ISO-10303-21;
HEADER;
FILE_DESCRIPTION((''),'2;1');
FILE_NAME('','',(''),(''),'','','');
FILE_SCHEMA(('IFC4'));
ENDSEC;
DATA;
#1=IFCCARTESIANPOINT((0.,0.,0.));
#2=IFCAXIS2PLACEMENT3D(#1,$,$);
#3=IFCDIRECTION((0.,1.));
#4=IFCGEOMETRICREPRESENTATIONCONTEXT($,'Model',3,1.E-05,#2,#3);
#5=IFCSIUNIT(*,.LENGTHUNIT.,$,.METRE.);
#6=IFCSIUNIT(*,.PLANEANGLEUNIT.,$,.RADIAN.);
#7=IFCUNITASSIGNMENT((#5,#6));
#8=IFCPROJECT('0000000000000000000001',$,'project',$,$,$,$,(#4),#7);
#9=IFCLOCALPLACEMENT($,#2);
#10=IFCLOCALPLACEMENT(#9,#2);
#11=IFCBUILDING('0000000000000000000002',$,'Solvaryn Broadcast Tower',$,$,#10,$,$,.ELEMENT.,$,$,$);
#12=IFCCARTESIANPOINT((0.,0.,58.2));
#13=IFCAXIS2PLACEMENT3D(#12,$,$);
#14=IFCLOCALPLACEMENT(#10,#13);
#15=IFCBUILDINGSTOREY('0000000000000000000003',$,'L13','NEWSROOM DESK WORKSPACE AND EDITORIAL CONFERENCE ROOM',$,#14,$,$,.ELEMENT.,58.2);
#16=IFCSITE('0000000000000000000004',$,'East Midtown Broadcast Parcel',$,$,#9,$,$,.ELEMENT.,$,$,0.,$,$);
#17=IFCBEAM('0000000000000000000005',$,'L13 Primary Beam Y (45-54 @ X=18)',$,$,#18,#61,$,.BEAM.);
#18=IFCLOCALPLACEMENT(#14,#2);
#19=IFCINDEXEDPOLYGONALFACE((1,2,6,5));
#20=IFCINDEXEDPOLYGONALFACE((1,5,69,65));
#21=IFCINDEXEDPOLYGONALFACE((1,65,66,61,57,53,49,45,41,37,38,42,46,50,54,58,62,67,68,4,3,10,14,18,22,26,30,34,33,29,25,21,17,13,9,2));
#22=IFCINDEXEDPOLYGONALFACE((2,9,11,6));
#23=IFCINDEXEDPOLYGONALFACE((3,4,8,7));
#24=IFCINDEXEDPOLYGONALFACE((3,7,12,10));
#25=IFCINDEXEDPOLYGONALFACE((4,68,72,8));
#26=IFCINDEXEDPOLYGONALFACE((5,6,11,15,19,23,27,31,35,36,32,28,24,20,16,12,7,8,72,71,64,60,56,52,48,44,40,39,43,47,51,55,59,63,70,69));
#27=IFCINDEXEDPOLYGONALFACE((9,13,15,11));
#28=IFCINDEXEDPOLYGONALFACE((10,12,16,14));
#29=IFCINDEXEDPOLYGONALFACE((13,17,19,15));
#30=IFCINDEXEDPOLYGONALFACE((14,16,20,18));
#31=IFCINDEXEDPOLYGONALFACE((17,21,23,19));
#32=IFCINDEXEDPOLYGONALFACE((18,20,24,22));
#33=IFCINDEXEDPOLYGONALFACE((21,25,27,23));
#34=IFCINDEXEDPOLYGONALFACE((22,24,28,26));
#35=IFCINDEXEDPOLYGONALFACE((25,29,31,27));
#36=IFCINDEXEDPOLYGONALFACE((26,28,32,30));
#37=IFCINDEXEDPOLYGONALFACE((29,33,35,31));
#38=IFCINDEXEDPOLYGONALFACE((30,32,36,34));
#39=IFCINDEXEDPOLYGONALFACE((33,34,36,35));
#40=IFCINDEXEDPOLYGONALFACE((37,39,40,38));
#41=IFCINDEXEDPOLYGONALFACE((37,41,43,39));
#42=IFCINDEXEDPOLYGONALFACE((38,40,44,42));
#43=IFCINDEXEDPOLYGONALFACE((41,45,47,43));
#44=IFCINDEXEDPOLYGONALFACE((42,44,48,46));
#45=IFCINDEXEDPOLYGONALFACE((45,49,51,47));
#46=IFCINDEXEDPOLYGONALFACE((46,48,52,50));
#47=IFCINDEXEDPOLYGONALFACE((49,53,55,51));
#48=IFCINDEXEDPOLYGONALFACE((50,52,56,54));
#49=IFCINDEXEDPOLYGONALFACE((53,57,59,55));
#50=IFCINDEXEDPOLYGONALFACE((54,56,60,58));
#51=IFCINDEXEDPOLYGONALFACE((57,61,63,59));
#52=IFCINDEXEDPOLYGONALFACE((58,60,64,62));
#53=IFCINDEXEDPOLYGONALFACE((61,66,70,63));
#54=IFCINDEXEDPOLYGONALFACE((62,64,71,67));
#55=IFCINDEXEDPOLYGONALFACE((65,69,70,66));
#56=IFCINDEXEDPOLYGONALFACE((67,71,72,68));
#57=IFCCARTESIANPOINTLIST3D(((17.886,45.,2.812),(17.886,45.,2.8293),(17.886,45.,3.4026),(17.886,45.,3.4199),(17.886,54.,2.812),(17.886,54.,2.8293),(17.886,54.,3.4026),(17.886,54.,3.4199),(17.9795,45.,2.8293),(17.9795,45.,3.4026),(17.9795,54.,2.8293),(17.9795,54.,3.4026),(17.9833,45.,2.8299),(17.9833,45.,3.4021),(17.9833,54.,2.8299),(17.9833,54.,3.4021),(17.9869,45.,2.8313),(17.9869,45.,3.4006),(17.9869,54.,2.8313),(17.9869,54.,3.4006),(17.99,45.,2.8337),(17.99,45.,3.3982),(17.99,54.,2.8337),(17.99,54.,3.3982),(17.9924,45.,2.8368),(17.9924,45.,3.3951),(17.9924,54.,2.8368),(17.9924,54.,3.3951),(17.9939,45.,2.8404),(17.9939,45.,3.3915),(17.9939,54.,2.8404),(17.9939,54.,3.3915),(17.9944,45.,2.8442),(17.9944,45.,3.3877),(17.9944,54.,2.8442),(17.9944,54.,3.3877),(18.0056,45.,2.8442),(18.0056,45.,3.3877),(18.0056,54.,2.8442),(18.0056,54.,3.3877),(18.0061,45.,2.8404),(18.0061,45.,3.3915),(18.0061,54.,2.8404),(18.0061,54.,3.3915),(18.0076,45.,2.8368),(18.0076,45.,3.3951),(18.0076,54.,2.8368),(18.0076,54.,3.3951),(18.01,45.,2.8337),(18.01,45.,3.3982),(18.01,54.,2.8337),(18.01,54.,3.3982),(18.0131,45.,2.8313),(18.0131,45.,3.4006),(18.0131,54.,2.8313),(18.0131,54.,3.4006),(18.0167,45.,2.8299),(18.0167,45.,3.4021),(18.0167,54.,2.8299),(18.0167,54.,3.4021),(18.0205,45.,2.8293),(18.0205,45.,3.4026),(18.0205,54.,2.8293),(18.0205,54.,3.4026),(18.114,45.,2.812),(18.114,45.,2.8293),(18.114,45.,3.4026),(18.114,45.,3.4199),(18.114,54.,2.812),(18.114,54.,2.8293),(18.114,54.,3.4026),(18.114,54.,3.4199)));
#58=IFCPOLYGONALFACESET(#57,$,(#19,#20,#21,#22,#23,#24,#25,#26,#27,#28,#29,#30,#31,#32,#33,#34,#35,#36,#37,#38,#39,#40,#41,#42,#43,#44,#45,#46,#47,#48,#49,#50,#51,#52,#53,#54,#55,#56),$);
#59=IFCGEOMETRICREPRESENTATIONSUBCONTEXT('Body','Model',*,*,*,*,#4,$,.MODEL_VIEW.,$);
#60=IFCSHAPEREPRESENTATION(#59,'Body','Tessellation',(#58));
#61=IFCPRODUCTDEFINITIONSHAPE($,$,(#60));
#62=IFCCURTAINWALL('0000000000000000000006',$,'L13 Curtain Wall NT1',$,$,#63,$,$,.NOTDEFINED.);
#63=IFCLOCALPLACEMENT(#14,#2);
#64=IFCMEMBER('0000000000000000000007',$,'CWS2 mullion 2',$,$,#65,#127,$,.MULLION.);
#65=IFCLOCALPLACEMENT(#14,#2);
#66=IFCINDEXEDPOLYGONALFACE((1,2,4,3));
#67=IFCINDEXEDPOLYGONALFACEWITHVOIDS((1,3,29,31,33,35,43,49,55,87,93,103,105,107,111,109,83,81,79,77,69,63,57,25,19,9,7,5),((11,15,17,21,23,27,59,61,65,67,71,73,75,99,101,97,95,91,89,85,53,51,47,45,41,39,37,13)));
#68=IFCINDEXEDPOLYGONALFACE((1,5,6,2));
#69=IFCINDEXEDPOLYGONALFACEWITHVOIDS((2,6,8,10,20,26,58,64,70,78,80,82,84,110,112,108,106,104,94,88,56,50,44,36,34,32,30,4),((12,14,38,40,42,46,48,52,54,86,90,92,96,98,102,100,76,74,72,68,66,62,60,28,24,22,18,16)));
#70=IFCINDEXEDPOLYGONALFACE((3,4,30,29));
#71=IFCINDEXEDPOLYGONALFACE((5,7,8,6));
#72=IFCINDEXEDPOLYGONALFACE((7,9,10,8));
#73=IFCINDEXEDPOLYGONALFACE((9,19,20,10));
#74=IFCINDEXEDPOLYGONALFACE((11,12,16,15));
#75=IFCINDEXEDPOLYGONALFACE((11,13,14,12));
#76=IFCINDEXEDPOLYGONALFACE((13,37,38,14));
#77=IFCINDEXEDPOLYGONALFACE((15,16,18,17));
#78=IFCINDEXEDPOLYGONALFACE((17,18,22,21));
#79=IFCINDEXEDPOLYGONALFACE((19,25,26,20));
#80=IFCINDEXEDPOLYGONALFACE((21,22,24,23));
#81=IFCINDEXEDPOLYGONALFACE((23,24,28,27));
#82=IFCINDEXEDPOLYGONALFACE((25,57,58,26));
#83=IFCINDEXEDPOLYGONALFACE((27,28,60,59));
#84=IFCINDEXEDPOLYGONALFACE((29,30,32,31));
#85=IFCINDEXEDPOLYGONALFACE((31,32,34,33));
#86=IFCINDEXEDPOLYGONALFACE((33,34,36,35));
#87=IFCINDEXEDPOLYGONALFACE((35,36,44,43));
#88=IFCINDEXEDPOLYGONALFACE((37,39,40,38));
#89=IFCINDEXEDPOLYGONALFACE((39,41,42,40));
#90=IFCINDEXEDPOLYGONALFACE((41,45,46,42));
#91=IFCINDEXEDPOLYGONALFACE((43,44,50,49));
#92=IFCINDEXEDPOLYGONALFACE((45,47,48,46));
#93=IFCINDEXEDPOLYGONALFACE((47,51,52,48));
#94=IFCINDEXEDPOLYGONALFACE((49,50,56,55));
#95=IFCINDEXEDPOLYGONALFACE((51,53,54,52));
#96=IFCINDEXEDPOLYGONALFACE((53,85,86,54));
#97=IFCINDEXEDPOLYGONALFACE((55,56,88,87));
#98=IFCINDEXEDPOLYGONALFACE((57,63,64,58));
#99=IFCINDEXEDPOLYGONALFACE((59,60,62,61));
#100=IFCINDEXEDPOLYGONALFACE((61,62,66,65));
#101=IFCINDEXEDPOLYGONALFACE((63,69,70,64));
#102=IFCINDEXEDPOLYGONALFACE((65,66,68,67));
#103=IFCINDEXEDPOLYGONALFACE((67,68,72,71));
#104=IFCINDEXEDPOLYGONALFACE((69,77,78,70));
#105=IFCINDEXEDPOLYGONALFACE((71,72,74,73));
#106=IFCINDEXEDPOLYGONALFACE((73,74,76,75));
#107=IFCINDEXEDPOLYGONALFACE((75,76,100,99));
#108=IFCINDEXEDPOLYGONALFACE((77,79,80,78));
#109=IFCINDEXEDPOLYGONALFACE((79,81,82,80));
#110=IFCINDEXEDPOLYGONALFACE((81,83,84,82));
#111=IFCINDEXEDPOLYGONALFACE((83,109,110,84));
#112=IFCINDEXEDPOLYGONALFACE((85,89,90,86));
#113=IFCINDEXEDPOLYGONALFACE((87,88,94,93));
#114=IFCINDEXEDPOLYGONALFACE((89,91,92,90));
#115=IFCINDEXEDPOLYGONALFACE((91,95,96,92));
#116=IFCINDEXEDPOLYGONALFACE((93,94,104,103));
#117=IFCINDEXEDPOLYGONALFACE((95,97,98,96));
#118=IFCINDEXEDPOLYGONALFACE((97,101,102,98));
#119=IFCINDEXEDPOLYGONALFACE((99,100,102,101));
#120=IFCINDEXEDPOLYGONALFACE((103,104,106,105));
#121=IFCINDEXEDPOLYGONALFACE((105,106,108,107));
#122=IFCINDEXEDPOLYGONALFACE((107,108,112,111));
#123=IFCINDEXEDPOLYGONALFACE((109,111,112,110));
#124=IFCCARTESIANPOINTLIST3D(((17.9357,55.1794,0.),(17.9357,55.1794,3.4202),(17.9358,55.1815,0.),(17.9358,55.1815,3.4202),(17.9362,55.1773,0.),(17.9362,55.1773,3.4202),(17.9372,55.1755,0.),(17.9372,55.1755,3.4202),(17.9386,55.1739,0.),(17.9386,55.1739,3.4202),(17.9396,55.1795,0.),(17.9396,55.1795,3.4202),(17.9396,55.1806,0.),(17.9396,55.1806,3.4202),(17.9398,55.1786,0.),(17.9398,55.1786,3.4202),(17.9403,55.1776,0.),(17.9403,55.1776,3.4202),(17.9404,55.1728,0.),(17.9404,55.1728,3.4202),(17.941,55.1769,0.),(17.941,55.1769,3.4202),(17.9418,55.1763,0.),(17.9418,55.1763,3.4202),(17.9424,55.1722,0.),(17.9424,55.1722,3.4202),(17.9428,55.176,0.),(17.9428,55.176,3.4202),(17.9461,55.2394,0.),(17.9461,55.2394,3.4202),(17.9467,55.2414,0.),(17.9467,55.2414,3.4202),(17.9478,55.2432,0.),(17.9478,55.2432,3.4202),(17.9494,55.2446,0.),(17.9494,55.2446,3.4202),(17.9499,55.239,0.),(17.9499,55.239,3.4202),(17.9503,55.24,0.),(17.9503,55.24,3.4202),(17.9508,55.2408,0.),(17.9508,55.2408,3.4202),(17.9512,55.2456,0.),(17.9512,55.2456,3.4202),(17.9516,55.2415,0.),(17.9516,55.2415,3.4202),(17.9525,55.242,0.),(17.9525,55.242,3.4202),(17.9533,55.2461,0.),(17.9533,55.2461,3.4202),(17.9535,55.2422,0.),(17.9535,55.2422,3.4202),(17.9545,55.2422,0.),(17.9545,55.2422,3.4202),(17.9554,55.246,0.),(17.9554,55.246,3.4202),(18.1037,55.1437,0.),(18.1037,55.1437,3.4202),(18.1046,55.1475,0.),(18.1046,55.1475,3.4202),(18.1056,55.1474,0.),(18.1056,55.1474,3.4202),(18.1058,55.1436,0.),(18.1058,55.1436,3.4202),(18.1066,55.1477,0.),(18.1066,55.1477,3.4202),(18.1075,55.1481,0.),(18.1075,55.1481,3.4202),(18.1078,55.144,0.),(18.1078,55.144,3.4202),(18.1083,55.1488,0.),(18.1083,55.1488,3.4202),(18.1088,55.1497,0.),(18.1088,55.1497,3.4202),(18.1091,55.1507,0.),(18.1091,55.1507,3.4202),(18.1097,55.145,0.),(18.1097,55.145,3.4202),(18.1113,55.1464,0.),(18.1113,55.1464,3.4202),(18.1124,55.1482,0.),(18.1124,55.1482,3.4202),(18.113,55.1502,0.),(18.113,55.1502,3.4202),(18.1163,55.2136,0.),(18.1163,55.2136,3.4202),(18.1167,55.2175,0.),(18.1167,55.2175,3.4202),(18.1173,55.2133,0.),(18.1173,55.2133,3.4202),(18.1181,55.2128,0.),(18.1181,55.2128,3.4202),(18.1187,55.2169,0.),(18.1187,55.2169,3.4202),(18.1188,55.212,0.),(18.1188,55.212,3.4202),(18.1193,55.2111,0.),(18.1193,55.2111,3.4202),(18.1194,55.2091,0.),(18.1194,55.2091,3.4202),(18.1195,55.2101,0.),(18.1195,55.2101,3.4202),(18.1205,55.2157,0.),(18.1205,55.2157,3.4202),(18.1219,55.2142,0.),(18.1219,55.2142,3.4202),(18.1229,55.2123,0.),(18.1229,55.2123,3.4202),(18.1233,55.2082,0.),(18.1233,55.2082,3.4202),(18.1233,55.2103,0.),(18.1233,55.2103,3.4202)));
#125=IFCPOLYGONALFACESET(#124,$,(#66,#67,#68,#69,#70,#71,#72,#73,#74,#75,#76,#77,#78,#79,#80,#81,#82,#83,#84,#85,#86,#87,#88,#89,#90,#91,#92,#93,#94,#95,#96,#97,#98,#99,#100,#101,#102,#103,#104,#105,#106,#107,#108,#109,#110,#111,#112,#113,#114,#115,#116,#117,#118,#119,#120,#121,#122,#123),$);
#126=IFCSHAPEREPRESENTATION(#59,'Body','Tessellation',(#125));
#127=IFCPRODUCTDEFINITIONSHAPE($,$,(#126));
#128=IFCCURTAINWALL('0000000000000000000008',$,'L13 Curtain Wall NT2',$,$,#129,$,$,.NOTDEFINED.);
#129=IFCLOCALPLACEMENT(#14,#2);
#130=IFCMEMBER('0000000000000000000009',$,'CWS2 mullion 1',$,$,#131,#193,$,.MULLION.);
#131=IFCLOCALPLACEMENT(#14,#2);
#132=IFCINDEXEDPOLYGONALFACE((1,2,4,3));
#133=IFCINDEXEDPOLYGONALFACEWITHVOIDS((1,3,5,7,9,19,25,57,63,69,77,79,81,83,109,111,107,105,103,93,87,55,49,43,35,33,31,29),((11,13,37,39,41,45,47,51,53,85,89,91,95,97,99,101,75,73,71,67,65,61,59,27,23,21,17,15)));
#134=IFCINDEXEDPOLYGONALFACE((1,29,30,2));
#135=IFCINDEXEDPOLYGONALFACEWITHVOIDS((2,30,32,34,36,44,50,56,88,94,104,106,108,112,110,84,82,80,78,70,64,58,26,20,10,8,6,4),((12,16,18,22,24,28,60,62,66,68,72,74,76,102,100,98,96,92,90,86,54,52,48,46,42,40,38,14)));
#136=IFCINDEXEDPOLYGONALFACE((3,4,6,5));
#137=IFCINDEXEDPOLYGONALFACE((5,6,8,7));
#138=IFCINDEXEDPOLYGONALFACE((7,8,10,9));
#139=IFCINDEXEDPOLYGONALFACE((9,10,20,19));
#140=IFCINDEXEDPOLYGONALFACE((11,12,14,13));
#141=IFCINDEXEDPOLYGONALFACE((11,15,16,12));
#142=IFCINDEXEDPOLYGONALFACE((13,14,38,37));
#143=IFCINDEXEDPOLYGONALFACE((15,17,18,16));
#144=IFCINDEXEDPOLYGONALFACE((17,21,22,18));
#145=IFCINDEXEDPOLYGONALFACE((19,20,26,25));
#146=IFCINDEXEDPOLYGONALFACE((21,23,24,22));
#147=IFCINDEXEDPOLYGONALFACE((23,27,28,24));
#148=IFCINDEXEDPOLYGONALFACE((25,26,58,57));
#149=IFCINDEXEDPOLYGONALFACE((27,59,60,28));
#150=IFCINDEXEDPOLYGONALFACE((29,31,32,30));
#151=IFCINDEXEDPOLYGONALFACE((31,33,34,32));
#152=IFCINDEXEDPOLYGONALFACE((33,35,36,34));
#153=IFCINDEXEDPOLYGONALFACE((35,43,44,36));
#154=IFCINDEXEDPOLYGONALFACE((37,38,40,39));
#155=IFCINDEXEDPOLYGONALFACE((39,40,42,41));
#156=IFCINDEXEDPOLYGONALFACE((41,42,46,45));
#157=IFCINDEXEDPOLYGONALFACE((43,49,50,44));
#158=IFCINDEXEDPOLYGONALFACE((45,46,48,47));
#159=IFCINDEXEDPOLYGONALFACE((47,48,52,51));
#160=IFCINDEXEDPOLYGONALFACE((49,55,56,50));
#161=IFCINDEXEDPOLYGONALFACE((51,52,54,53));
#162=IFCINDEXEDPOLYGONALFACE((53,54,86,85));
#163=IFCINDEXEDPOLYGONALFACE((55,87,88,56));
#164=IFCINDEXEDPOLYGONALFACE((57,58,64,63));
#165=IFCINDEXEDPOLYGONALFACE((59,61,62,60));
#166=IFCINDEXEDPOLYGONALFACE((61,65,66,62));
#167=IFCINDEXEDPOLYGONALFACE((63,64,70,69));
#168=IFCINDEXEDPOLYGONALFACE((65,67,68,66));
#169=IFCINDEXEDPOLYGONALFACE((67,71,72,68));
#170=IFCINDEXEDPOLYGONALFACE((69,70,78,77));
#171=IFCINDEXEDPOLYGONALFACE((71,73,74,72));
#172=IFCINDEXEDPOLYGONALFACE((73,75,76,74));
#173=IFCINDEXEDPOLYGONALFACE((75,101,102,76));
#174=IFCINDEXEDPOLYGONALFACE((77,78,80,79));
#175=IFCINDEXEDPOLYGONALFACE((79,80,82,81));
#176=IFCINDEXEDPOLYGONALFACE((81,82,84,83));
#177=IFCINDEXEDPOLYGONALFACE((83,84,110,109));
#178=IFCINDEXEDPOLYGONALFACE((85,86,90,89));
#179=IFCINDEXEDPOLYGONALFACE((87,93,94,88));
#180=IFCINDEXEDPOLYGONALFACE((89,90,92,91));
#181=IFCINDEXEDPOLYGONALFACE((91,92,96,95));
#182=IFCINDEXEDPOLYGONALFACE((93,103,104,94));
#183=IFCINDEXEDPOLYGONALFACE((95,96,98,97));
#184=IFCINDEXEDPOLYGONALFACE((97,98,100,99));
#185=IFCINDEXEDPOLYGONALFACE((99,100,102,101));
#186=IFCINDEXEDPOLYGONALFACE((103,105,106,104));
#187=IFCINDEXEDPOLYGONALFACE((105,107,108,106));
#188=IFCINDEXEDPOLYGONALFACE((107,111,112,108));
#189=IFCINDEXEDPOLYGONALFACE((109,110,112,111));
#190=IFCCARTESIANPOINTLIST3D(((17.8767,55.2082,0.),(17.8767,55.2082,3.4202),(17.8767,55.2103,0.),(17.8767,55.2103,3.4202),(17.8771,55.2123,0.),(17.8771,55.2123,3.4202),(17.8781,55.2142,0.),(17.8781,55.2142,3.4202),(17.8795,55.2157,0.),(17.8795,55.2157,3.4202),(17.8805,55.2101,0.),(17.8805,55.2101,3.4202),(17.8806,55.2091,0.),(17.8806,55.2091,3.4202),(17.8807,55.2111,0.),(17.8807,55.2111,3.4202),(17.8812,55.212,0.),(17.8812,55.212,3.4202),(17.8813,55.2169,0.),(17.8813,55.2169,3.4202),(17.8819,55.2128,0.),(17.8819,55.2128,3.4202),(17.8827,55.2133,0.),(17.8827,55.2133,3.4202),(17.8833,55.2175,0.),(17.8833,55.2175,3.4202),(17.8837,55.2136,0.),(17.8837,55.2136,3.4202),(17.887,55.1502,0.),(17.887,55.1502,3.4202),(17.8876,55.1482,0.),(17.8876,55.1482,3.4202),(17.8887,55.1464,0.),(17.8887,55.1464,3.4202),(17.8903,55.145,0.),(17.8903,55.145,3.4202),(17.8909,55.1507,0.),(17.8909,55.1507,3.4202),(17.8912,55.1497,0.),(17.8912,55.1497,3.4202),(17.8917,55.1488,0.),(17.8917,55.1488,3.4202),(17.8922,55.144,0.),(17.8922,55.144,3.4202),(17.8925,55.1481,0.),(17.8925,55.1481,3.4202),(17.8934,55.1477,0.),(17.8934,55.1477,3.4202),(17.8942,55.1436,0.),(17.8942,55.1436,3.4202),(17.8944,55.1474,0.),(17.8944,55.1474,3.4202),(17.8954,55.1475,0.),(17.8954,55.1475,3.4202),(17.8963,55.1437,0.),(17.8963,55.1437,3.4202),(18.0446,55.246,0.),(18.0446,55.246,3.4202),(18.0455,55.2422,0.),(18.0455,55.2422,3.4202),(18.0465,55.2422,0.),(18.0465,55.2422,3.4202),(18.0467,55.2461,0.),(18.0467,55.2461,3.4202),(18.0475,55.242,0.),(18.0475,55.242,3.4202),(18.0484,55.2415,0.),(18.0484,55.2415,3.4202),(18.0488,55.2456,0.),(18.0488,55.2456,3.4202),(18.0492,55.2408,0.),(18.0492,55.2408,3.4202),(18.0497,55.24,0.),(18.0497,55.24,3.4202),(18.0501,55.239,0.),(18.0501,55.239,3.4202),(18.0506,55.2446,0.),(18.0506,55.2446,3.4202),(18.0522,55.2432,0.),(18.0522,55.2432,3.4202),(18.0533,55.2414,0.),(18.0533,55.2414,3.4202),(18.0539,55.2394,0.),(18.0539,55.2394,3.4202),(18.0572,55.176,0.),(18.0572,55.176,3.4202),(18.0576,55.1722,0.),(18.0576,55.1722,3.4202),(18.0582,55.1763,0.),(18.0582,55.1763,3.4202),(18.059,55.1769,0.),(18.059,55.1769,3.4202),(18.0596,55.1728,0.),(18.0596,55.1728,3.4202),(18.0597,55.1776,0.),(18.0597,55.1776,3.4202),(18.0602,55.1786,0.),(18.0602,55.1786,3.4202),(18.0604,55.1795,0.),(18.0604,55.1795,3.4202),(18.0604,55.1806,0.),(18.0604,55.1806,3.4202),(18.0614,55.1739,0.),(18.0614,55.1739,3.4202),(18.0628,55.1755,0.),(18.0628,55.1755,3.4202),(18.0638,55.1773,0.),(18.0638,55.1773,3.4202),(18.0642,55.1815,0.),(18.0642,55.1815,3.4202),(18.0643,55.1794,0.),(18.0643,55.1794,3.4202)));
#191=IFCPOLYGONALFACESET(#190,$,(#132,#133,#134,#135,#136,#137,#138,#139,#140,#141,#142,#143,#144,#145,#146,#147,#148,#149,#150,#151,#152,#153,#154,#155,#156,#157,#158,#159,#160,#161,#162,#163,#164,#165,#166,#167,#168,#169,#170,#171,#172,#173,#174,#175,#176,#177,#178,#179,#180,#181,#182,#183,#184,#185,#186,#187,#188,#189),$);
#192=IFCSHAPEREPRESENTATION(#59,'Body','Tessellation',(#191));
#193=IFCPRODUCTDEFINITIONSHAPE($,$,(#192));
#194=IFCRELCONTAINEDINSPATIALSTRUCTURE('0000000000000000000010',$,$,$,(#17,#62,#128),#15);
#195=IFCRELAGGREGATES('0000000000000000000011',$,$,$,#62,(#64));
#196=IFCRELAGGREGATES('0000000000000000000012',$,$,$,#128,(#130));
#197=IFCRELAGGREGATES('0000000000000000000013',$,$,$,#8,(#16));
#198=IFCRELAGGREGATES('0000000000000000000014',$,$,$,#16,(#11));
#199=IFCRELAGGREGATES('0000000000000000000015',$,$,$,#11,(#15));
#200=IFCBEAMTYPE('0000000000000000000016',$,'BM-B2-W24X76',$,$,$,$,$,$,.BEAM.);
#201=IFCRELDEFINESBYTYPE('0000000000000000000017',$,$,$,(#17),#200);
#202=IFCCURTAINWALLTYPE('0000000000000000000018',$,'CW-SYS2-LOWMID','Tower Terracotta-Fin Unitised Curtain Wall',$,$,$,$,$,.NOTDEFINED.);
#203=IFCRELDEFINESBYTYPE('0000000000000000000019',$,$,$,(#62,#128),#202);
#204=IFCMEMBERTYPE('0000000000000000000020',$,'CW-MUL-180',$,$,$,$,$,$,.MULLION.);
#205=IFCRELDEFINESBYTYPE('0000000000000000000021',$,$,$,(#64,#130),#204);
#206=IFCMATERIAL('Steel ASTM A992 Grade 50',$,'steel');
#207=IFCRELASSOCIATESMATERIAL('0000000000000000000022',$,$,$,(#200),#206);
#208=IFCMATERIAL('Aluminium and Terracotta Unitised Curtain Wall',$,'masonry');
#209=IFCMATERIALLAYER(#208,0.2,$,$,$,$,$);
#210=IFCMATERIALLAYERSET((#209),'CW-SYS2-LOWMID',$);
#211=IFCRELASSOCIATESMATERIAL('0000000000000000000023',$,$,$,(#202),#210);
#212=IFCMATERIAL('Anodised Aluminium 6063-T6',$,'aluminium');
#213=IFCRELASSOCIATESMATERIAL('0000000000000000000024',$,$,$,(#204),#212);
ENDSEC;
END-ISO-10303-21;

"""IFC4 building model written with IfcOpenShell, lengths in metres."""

from ifc_helpers import new_model, si_unit, direction, frame, origin, origin_2d, place, context, subcontext, project, spatial, hollow_rectangle, i_section, extrude, material, layer, layer_set, material_profile, profile_set, type_object, element, aggregate, save


model = new_model("IFC4")

# Units and contexts
model_context = context("Model", 3, precision=1e-05, world=origin(), true_north=direction((0.0, 1.0)))
body_context = subcontext(model_context, "Body", "Model", "MODEL_VIEW")
ifc_project = project(units=[si_unit("LENGTHUNIT", "METRE"), si_unit("PLANEANGLEUNIT", "RADIAN")], contexts=[model_context])

# Site, building, storey
site_placement = place(None, origin())
site = spatial("IfcSite", under=ifc_project, at=site_placement, Name="East Midtown Broadcast Parcel", CompositionType="ELEMENT", RefElevation=0.0)
building_placement = place(site_placement, origin())
building = spatial("IfcBuilding", under=site, at=building_placement, Name="Solvaryn Broadcast Tower", CompositionType="ELEMENT")
storey_placement = place(building_placement, frame((0.0, 0.0, 58.2)))
storey = spatial("IfcBuildingStorey", under=building, at=storey_placement, Name="L13", Description="NEWSROOM DESK WORKSPACE AND EDITORIAL CONFERENCE ROOM", CompositionType="ELEMENT", Elevation=58.2)

# Beam
ifc_material_1 = material(Name="Steel ASTM A992 Grade 50", Category="steel")
ifc_material_profile_1 = material_profile(ifc_material_1, i_section(OverallWidth=0.228, OverallDepth=0.6079, WebThickness=0.0112, FlangeThickness=0.0173, FilletRadius=0.0149, at=origin_2d()))
ifc_profile_set_1 = profile_set([ifc_material_profile_1], Name="Steel ASTM A992 Grade 50")
beam_type_1 = type_object("IfcBeamType", Name="BM-B2-W24X76", PredefinedType="BEAM", material=ifc_profile_set_1)
beam_1_placement = place(storey_placement, frame((18.0, 45.0, 3.116), z_axis=(0.0, 1.0, 0.0), x_axis=(-1.0, 0.0, 0.0)))
element("IfcBeam", 1, at=beam_1_placement, inside=storey, type_object=beam_type_1, Name="L13 Primary Beam Y (45-54 @ X=18)", PredefinedType="BEAM", context=body_context, shape_type="SweptSolid", body=[
    extrude(i_section(OverallWidth=0.228, OverallDepth=0.6079, WebThickness=0.0112, FlangeThickness=0.0173, FilletRadius=0.0149, at=origin_2d()), origin(), (0.0, 0.0, 1.0), 9.0),
])

# Curtain walls, members
ifc_material_2 = material(Name="Aluminium and Terracotta Unitised Curtain Wall", Category="masonry")
ifc_layer_1 = layer(ifc_material_2, 0.2)
ifc_layer_set_1 = layer_set([ifc_layer_1], Name="CW-SYS2-LOWMID")
curtain_wall_type = type_object("IfcCurtainWallType", Name="CW-SYS2-LOWMID", Description="Tower Terracotta-Fin Unitised Curtain Wall", PredefinedType="NOTDEFINED", material=ifc_layer_set_1)
curtain_wall_1_placement = place(storey_placement, origin())
curtain_wall_1 = element("IfcCurtainWall", 2, at=curtain_wall_1_placement, inside=storey, type_object=curtain_wall_type, Name="L13 Curtain Wall NT1", PredefinedType="NOTDEFINED")
ifc_material_3 = material(Name="Anodised Aluminium 6063-T6", Category="aluminium")
ifc_material_profile_2 = material_profile(ifc_material_3, hollow_rectangle(XDim=0.075, YDim=0.1799, WallThickness=0.0039, InnerFilletRadius=0.0039, OuterFilletRadius=0.0081, at=origin_2d()))
ifc_profile_set_2 = profile_set([ifc_material_profile_2], Name="Anodised Aluminium 6063-T6")
member_type_1 = type_object("IfcMemberType", Name="CW-MUL-180", PredefinedType="MULLION", material=ifc_profile_set_2)
member_1_placement = place(storey_placement, frame((18.0295, 55.1948, 0.0), z_axis=(0.0, 0.0, 1.0), x_axis=(-0.173785, -0.984784, 0.0)))
member_1 = element("IfcMember", 3, at=member_1_placement, type_object=member_type_1, Name="CWS2 mullion 2", PredefinedType="MULLION", context=body_context, shape_type="SweptSolid", body=[
    extrude(hollow_rectangle(XDim=0.075, YDim=0.1799, WallThickness=0.0039, InnerFilletRadius=0.0039, OuterFilletRadius=0.0081, at=origin_2d()), origin(), (0.0, 0.0, 1.0), 3.4202),
])
curtain_wall_2_placement = place(storey_placement, origin())
curtain_wall_2 = element("IfcCurtainWall", 4, at=curtain_wall_2_placement, inside=storey, type_object=curtain_wall_type, Name="L13 Curtain Wall NT2", PredefinedType="NOTDEFINED")
member_2_placement = place(storey_placement, frame((17.9705, 55.1948, 0.0), z_axis=(0.0, 0.0, 1.0), x_axis=(0.173785, -0.984784, 0.0)))
member_2 = element("IfcMember", 5, at=member_2_placement, type_object=member_type_1, Name="CWS2 mullion 1", PredefinedType="MULLION", context=body_context, shape_type="SweptSolid", body=[
    extrude(hollow_rectangle(XDim=0.075, YDim=0.1799, WallThickness=0.0039, InnerFilletRadius=0.0039, OuterFilletRadius=0.0081, at=origin_2d()), origin(), (0.0, 0.0, 1.0), 3.4202),
])

aggregate(curtain_wall_1, [member_1])
aggregate(curtain_wall_2, [member_2])

save(model, "model.ifc")
